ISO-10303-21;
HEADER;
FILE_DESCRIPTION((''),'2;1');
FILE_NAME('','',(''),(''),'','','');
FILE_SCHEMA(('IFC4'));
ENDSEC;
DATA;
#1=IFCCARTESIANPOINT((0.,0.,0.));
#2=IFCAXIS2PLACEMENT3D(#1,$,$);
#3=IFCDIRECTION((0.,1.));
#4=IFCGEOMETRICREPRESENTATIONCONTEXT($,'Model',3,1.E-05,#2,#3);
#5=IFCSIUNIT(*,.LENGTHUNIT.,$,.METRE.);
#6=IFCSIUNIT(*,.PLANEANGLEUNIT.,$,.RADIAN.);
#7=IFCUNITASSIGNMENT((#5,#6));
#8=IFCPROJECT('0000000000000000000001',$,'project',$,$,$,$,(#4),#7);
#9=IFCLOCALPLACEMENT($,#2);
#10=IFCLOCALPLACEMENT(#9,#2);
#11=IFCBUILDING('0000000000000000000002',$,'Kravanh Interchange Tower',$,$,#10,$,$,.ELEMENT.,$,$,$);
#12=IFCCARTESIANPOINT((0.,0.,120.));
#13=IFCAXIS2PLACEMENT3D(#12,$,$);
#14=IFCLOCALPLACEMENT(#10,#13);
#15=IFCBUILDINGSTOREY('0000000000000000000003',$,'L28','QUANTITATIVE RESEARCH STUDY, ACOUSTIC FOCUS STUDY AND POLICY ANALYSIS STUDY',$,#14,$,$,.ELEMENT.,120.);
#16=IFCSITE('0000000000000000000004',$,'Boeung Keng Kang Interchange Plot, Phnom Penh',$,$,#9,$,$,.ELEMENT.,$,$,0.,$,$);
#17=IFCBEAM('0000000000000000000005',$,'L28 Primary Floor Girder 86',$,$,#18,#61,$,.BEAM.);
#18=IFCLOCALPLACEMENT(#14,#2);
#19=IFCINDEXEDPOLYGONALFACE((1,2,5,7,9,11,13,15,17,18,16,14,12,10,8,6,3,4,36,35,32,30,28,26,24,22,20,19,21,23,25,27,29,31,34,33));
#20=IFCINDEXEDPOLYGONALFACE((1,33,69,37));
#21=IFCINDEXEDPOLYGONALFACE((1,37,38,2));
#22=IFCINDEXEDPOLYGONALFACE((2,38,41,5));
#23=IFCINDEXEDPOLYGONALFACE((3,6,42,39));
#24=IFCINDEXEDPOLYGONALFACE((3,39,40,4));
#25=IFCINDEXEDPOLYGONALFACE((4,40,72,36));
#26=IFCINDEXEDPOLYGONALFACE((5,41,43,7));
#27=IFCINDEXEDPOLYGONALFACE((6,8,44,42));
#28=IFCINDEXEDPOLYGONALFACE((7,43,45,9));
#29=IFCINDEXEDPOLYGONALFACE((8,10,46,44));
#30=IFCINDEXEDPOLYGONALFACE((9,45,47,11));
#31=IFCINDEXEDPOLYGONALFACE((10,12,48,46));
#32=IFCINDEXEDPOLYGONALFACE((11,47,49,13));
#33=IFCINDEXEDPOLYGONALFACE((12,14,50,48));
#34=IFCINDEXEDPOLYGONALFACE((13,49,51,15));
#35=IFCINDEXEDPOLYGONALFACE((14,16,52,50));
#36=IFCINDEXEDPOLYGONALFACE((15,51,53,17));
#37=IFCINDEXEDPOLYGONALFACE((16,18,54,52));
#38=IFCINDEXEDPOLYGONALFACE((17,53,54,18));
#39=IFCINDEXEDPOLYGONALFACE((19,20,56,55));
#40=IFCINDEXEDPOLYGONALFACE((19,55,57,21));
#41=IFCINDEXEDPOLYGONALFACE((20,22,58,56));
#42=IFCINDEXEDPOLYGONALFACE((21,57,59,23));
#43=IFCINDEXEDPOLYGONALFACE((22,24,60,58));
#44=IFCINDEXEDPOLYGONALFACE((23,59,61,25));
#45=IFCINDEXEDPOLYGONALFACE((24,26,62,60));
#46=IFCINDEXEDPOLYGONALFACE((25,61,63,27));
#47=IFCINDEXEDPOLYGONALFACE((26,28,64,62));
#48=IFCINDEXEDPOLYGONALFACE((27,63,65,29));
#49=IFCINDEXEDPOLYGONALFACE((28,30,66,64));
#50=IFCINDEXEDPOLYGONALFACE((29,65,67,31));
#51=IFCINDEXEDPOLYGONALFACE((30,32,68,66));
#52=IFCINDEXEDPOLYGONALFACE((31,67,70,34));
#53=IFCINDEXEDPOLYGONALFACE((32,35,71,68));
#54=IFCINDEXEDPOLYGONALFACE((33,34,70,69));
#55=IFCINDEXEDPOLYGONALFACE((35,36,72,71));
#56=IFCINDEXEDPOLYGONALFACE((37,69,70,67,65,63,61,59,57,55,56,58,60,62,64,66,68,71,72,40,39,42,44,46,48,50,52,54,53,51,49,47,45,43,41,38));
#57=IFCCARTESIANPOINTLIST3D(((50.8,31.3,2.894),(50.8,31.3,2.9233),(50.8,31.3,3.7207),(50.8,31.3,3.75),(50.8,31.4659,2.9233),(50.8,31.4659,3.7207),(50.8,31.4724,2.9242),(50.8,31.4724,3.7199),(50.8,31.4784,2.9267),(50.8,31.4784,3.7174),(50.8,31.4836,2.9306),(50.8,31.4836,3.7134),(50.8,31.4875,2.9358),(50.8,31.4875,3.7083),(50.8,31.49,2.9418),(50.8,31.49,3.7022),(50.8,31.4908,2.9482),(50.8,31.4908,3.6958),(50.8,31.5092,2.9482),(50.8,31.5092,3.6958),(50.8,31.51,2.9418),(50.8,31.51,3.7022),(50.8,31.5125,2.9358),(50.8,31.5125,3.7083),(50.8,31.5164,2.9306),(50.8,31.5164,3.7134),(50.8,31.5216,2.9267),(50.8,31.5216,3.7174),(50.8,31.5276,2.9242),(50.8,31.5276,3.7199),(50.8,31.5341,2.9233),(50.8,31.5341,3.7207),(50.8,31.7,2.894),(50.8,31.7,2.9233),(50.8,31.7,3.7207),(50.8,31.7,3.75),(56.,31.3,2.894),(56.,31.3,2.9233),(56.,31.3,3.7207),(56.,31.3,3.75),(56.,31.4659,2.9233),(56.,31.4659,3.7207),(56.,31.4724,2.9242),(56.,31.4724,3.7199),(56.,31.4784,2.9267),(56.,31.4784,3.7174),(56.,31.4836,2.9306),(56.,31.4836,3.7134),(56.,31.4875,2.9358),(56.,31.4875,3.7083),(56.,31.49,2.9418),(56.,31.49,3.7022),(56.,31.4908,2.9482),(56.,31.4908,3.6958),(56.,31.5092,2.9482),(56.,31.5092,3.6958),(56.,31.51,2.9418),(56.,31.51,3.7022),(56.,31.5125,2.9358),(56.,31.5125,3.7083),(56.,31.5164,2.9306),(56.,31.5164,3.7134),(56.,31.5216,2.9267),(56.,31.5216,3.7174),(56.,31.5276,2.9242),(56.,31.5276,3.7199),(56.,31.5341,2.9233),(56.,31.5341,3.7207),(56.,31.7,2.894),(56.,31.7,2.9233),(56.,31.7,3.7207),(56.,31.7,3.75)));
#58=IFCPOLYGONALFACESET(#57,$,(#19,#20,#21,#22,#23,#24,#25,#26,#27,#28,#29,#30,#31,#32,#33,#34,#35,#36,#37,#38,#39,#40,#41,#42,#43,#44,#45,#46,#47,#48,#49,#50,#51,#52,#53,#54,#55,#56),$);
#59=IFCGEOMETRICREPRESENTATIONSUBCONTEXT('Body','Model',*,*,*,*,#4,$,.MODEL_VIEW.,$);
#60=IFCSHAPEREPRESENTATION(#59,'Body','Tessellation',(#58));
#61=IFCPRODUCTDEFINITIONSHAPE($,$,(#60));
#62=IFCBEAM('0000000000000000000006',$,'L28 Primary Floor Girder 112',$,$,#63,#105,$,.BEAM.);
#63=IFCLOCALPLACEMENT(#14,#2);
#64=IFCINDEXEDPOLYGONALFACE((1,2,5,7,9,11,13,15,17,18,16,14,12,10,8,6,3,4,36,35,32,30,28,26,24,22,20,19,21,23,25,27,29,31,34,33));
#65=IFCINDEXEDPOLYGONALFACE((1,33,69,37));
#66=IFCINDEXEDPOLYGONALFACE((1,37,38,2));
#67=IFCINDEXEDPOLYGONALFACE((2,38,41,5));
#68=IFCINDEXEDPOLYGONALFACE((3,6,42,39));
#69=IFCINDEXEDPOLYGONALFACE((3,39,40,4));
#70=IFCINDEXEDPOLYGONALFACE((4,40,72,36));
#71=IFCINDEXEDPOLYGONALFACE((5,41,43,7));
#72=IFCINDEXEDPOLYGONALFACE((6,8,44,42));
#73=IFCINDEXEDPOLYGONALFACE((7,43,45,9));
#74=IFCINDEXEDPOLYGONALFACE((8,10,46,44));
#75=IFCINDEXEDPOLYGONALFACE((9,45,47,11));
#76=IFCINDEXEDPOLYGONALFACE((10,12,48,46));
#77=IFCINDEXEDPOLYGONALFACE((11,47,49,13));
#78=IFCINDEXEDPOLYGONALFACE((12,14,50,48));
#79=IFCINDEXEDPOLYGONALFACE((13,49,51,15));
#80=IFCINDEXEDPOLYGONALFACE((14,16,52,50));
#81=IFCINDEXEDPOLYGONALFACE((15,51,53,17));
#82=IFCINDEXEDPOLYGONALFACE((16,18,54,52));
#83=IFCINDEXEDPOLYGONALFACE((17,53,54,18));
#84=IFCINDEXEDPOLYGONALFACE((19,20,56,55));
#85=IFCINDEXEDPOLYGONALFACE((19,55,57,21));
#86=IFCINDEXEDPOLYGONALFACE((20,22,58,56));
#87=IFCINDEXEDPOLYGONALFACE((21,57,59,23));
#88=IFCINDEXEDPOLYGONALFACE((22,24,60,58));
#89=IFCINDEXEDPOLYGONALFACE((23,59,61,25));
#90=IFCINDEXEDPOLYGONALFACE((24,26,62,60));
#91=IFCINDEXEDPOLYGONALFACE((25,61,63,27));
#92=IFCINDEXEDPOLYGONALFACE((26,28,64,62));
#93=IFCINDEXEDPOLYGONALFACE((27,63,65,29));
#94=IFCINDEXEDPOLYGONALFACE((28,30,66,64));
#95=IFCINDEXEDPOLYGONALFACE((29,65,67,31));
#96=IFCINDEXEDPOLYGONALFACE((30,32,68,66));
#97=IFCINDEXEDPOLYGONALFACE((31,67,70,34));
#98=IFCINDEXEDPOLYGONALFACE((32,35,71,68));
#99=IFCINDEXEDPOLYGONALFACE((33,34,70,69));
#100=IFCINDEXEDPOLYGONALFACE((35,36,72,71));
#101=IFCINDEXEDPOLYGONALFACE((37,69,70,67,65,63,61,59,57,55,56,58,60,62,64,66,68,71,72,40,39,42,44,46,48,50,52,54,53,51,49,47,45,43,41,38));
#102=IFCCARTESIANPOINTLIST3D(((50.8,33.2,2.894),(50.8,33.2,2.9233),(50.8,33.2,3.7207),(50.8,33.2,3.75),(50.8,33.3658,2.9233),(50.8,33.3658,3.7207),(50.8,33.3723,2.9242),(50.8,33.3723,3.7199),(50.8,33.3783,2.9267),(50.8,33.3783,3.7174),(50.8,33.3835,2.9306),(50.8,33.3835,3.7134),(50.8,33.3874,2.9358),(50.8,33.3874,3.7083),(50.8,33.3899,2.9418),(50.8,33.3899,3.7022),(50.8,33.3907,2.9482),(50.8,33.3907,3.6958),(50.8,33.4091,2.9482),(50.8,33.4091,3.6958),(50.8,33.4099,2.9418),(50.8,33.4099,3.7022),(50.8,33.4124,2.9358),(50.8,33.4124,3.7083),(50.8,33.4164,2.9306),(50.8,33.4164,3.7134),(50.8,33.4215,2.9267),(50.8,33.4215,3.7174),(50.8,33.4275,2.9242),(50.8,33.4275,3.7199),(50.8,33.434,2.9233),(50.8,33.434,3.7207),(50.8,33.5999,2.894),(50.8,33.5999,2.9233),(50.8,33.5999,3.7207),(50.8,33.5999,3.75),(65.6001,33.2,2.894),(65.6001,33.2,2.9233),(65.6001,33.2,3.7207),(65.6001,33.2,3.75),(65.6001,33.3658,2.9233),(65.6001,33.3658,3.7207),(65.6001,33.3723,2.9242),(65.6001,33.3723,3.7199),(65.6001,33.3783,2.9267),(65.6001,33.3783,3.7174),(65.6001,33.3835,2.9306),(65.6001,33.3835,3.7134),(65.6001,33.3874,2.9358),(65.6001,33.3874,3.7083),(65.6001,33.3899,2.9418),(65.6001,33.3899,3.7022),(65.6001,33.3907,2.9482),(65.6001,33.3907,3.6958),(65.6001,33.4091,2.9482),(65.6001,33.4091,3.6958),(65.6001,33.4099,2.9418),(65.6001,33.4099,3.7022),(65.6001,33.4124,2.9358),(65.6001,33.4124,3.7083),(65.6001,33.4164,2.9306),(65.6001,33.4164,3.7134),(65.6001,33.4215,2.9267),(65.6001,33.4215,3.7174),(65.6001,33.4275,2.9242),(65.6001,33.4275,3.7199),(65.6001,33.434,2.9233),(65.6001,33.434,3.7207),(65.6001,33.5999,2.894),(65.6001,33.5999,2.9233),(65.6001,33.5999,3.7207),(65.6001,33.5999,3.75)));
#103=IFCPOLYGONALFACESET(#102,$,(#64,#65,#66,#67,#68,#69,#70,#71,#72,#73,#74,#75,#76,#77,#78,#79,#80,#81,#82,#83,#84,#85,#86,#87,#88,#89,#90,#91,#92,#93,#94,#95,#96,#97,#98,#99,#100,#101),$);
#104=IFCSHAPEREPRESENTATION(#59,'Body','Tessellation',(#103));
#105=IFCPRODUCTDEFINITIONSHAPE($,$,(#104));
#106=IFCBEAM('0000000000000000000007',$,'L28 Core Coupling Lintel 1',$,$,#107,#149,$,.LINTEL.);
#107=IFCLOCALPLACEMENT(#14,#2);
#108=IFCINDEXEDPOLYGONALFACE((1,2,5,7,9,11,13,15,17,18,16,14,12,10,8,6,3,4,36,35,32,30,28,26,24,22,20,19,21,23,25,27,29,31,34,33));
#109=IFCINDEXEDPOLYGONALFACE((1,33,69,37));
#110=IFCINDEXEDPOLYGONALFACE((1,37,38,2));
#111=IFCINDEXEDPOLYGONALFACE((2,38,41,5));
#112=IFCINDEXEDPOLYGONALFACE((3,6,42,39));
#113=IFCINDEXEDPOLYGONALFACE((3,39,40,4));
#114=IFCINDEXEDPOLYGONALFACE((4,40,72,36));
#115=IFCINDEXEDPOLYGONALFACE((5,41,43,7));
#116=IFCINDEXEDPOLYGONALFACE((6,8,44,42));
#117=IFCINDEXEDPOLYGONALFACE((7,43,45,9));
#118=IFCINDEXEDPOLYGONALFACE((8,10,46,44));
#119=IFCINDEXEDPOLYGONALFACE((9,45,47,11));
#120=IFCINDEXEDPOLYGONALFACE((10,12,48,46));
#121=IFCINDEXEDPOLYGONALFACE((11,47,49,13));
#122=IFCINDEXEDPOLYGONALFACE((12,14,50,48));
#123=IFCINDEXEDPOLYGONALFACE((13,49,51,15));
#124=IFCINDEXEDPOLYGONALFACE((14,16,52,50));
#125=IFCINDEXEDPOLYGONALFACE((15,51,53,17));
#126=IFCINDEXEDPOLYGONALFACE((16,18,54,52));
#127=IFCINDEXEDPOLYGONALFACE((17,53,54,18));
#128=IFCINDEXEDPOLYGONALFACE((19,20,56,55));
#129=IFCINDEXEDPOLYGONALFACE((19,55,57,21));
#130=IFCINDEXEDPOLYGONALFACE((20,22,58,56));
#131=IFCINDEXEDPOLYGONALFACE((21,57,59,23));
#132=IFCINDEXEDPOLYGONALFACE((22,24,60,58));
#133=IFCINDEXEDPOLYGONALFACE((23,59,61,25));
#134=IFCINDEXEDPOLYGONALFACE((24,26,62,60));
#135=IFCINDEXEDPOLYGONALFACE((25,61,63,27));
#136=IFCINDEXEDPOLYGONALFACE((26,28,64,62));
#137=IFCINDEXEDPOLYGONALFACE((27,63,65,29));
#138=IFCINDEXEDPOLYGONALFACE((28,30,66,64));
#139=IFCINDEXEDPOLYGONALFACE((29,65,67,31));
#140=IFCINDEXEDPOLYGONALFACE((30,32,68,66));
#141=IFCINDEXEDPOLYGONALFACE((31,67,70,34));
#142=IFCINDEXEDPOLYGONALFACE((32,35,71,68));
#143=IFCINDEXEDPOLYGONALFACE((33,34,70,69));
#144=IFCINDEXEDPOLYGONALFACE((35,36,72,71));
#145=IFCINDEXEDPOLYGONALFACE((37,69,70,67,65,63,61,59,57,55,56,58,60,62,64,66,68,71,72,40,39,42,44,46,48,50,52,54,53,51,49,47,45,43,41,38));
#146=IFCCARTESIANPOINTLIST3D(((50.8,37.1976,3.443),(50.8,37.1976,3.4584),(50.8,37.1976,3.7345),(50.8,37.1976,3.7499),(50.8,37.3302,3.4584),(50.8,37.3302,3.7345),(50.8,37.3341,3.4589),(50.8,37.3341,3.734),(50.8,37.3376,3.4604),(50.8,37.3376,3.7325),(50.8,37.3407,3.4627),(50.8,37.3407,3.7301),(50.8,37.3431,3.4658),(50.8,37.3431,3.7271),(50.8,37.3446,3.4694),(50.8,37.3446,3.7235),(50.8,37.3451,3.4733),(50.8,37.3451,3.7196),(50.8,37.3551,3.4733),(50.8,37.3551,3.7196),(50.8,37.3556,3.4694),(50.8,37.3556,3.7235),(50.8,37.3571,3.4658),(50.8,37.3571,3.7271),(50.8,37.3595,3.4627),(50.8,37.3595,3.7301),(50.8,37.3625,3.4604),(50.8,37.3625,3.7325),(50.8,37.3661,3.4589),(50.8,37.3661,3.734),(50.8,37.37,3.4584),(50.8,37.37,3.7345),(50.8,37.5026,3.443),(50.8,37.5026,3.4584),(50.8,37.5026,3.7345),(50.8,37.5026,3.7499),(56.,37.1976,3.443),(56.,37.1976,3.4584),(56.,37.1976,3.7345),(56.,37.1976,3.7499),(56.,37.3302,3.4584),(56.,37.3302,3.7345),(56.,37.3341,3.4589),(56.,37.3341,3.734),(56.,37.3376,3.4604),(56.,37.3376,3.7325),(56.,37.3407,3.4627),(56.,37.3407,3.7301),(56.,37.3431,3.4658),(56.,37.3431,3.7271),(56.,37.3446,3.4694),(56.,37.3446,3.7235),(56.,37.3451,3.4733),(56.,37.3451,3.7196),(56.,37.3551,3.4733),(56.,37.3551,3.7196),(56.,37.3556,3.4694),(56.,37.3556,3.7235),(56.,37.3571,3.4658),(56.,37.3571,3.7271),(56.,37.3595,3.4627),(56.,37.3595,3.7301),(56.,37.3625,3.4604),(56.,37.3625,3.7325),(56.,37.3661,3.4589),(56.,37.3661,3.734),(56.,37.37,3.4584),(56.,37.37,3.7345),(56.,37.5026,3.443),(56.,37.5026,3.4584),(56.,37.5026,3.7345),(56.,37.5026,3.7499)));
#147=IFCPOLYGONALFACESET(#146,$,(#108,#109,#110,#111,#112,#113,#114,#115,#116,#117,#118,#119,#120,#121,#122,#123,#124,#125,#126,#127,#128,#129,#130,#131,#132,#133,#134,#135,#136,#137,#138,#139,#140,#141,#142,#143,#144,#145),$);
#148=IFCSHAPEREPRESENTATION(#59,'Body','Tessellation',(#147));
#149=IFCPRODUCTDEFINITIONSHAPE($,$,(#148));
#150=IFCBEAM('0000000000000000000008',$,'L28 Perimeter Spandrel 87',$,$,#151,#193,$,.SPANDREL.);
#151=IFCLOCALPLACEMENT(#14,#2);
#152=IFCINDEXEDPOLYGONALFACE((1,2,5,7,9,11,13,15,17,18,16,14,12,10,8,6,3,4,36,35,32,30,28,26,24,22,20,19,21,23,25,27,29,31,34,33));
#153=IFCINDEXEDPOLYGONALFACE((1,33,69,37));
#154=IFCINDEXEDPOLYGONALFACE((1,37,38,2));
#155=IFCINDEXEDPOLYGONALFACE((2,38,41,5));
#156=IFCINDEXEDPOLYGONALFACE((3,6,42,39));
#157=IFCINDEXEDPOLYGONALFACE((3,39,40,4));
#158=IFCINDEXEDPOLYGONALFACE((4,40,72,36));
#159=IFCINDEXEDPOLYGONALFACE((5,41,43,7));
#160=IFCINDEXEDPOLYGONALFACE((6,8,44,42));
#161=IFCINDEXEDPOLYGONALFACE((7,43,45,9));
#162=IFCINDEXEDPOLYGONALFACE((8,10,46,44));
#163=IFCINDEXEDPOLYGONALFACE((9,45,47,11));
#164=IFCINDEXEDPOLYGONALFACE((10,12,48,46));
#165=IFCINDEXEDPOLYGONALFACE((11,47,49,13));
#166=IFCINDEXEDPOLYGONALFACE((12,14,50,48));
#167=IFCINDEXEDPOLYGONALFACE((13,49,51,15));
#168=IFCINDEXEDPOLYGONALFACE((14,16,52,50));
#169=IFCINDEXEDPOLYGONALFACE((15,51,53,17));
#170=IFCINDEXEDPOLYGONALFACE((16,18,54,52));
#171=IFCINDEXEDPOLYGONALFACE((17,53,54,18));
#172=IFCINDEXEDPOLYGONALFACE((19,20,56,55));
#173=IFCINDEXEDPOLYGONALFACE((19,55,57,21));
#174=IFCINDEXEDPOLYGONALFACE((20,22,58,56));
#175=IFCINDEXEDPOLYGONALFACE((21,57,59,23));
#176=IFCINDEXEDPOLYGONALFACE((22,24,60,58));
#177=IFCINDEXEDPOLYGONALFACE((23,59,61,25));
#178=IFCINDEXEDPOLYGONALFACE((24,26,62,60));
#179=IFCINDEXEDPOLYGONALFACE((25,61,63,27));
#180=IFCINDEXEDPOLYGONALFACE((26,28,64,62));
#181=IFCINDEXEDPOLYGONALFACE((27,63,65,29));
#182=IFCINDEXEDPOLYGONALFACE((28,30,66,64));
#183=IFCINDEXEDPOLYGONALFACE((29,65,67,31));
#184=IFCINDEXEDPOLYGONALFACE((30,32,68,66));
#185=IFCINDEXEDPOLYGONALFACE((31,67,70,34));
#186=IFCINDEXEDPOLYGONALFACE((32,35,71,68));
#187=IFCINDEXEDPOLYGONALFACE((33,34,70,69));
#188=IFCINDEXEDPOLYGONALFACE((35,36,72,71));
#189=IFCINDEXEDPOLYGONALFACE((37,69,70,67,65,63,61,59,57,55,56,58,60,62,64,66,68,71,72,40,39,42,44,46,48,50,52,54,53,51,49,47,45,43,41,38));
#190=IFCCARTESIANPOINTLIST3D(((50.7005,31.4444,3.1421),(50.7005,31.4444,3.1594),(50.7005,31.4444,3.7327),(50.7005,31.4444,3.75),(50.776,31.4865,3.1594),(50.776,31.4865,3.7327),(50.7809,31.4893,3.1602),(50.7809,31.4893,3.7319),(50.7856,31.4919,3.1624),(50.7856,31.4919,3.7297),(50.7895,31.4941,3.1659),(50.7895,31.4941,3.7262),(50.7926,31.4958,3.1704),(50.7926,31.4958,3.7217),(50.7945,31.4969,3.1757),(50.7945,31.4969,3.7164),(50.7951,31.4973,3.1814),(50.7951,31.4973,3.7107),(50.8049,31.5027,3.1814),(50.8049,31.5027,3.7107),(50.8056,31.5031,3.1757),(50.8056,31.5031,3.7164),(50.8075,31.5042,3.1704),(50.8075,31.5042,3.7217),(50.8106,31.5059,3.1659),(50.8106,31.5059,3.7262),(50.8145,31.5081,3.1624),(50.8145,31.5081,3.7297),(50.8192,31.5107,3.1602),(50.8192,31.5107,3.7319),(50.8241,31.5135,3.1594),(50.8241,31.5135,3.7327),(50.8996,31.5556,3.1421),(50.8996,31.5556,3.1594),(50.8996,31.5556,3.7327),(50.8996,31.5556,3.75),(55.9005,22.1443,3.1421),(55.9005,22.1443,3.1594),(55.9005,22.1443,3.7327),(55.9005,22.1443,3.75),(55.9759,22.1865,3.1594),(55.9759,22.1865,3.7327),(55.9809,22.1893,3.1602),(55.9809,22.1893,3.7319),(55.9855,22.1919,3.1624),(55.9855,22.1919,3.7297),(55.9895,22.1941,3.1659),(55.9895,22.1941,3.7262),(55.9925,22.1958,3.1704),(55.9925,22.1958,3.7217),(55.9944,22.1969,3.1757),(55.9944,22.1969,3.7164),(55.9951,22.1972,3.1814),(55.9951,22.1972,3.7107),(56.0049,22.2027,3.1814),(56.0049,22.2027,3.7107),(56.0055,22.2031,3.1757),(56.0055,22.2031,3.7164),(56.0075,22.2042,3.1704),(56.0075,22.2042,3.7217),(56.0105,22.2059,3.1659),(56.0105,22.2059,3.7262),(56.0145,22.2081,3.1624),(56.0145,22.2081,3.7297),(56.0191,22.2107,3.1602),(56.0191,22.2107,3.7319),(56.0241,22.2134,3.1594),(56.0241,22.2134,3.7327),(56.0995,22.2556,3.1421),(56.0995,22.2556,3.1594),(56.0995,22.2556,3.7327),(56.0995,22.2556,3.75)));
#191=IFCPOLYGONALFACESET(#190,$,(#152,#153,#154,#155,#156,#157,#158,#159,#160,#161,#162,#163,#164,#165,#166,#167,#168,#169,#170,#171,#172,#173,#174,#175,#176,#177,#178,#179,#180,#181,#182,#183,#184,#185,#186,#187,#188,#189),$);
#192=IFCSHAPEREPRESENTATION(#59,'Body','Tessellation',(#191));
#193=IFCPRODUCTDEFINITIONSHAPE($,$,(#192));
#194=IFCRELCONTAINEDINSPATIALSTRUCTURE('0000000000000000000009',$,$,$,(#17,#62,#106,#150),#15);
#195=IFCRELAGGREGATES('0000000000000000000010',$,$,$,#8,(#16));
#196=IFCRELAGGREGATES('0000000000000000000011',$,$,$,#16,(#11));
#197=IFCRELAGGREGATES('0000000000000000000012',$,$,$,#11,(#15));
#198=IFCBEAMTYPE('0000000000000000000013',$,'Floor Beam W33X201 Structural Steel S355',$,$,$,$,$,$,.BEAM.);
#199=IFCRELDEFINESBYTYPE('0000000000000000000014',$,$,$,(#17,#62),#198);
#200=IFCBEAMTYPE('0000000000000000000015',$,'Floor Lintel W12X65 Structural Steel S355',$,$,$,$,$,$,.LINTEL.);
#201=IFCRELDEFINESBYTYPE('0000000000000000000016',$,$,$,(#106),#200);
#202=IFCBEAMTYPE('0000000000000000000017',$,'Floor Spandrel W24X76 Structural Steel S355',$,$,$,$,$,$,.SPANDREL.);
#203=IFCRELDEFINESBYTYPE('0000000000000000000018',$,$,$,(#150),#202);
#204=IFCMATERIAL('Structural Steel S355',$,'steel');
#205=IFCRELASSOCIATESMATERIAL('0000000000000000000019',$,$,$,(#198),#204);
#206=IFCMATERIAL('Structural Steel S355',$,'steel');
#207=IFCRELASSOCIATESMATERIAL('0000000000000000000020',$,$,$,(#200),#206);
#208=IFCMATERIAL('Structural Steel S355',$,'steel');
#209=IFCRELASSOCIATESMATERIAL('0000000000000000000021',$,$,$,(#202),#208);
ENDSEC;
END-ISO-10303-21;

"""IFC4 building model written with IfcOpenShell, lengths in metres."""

from ifc_helpers import new_model, si_unit, direction, frame, origin, origin_2d, place, context, subcontext, project, spatial, i_section, extrude, material, material_profile, profile_set, type_object, element, save


model = new_model("IFC4")

# Units and contexts
model_context = context("Model", 3, precision=1e-05, world=origin(), true_north=direction((0.0, 1.0)))
body_context = subcontext(model_context, "Body", "Model", "MODEL_VIEW")
ifc_project = project(units=[si_unit("LENGTHUNIT", "METRE"), si_unit("PLANEANGLEUNIT", "RADIAN")], contexts=[model_context])

# Site, building, storey
site_placement = place(None, origin())
site = spatial("IfcSite", under=ifc_project, at=site_placement, Name="Boeung Keng Kang Interchange Plot, Phnom Penh", CompositionType="ELEMENT", RefElevation=0.0)
building_placement = place(site_placement, origin())
building = spatial("IfcBuilding", under=site, at=building_placement, Name="Kravanh Interchange Tower", CompositionType="ELEMENT")
storey_placement = place(building_placement, frame((0.0, 0.0, 120.0)))
storey = spatial("IfcBuildingStorey", under=building, at=storey_placement, Name="L28", Description="QUANTITATIVE RESEARCH STUDY, ACOUSTIC FOCUS STUDY AND POLICY ANALYSIS STUDY", CompositionType="ELEMENT", Elevation=120.0)

# Beams
ifc_material_1 = material(Name="Structural Steel S355", Category="steel")
ifc_material_profile_1 = material_profile(ifc_material_1, i_section(OverallWidth=0.3999, OverallDepth=0.856, WebThickness=0.0183, FlangeThickness=0.0293, FilletRadius=0.0249, at=origin_2d()), Name="W33X201")
ifc_profile_set_1 = profile_set([ifc_material_profile_1], Name="Structural Steel S355")
beam_type_1 = type_object("IfcBeamType", Name="Floor Beam W33X201 Structural Steel S355", PredefinedType="BEAM", material=ifc_profile_set_1)
beam_1_placement = place(storey_placement, frame((50.8, 31.5, 3.322), z_axis=(1.0, 0.0, 0.0), x_axis=(0.0, 1.0, 0.0)))
element("IfcBeam", 1, at=beam_1_placement, inside=storey, type_object=beam_type_1, Name="L28 Primary Floor Girder 86", PredefinedType="BEAM", context=body_context, shape_type="SweptSolid", body=[
    extrude(i_section(OverallWidth=0.3999, OverallDepth=0.856, WebThickness=0.0183, FlangeThickness=0.0293, FilletRadius=0.0249, at=origin_2d()), origin(), (0.0, 0.0, 1.0), 5.2),
])
beam_2_placement = place(storey_placement, frame((50.8, 33.3999, 3.322), z_axis=(1.0, 0.0, 0.0), x_axis=(0.0, 1.0, 0.0)))
element("IfcBeam", 2, at=beam_2_placement, inside=storey, type_object=beam_type_1, Name="L28 Primary Floor Girder 112", PredefinedType="BEAM", context=body_context, shape_type="SweptSolid", body=[
    extrude(i_section(OverallWidth=0.3999, OverallDepth=0.856, WebThickness=0.0183, FlangeThickness=0.0293, FilletRadius=0.0249, at=origin_2d()), origin(), (0.0, 0.0, 1.0), 14.8),
])
ifc_material_2 = material(Name="Structural Steel S355", Category="steel")
ifc_material_profile_2 = material_profile(ifc_material_2, i_section(OverallWidth=0.3049, OverallDepth=0.3069, WebThickness=0.01, FlangeThickness=0.0154, FilletRadius=0.0149, at=origin_2d()), Name="W12X65")
ifc_profile_set_2 = profile_set([ifc_material_profile_2], Name="Structural Steel S355")
beam_type_2 = type_object("IfcBeamType", Name="Floor Lintel W12X65 Structural Steel S355", PredefinedType="LINTEL", material=ifc_profile_set_2)
beam_3_placement = place(storey_placement, frame((50.8, 37.3501, 3.5964), z_axis=(1.0, 0.0, 0.0), x_axis=(0.0, 1.0, 0.0)))
element("IfcBeam", 3, at=beam_3_placement, inside=storey, type_object=beam_type_2, Name="L28 Core Coupling Lintel 1", PredefinedType="LINTEL", context=body_context, shape_type="SweptSolid", body=[
    extrude(i_section(OverallWidth=0.3049, OverallDepth=0.3069, WebThickness=0.01, FlangeThickness=0.0154, FilletRadius=0.0149, at=origin_2d()), origin(), (0.0, 0.0, 1.0), 5.2),
])
ifc_material_3 = material(Name="Structural Steel S355", Category="steel")
ifc_material_profile_3 = material_profile(ifc_material_3, i_section(OverallWidth=0.228, OverallDepth=0.6079, WebThickness=0.0112, FlangeThickness=0.0173, FilletRadius=0.022, at=origin_2d()), Name="W24X76")
ifc_profile_set_3 = profile_set([ifc_material_profile_3], Name="Structural Steel S355")
beam_type_3 = type_object("IfcBeamType", Name="Floor Spandrel W24X76 Structural Steel S355", PredefinedType="SPANDREL", material=ifc_profile_set_3)
beam_4_placement = place(storey_placement, frame((50.8, 31.5, 3.446), z_axis=(0.488026, -0.872829, 0.0), x_axis=(0.872829, 0.488026, 0.0)))
element("IfcBeam", 4, at=beam_4_placement, inside=storey, type_object=beam_type_3, Name="L28 Perimeter Spandrel 87", PredefinedType="SPANDREL", context=body_context, shape_type="SweptSolid", body=[
    extrude(i_section(OverallWidth=0.228, OverallDepth=0.6079, WebThickness=0.0112, FlangeThickness=0.0173, FilletRadius=0.022, at=origin_2d()), origin(), (0.0, 0.0, 1.0), 10.655),
])

save(model, "model.ifc")
